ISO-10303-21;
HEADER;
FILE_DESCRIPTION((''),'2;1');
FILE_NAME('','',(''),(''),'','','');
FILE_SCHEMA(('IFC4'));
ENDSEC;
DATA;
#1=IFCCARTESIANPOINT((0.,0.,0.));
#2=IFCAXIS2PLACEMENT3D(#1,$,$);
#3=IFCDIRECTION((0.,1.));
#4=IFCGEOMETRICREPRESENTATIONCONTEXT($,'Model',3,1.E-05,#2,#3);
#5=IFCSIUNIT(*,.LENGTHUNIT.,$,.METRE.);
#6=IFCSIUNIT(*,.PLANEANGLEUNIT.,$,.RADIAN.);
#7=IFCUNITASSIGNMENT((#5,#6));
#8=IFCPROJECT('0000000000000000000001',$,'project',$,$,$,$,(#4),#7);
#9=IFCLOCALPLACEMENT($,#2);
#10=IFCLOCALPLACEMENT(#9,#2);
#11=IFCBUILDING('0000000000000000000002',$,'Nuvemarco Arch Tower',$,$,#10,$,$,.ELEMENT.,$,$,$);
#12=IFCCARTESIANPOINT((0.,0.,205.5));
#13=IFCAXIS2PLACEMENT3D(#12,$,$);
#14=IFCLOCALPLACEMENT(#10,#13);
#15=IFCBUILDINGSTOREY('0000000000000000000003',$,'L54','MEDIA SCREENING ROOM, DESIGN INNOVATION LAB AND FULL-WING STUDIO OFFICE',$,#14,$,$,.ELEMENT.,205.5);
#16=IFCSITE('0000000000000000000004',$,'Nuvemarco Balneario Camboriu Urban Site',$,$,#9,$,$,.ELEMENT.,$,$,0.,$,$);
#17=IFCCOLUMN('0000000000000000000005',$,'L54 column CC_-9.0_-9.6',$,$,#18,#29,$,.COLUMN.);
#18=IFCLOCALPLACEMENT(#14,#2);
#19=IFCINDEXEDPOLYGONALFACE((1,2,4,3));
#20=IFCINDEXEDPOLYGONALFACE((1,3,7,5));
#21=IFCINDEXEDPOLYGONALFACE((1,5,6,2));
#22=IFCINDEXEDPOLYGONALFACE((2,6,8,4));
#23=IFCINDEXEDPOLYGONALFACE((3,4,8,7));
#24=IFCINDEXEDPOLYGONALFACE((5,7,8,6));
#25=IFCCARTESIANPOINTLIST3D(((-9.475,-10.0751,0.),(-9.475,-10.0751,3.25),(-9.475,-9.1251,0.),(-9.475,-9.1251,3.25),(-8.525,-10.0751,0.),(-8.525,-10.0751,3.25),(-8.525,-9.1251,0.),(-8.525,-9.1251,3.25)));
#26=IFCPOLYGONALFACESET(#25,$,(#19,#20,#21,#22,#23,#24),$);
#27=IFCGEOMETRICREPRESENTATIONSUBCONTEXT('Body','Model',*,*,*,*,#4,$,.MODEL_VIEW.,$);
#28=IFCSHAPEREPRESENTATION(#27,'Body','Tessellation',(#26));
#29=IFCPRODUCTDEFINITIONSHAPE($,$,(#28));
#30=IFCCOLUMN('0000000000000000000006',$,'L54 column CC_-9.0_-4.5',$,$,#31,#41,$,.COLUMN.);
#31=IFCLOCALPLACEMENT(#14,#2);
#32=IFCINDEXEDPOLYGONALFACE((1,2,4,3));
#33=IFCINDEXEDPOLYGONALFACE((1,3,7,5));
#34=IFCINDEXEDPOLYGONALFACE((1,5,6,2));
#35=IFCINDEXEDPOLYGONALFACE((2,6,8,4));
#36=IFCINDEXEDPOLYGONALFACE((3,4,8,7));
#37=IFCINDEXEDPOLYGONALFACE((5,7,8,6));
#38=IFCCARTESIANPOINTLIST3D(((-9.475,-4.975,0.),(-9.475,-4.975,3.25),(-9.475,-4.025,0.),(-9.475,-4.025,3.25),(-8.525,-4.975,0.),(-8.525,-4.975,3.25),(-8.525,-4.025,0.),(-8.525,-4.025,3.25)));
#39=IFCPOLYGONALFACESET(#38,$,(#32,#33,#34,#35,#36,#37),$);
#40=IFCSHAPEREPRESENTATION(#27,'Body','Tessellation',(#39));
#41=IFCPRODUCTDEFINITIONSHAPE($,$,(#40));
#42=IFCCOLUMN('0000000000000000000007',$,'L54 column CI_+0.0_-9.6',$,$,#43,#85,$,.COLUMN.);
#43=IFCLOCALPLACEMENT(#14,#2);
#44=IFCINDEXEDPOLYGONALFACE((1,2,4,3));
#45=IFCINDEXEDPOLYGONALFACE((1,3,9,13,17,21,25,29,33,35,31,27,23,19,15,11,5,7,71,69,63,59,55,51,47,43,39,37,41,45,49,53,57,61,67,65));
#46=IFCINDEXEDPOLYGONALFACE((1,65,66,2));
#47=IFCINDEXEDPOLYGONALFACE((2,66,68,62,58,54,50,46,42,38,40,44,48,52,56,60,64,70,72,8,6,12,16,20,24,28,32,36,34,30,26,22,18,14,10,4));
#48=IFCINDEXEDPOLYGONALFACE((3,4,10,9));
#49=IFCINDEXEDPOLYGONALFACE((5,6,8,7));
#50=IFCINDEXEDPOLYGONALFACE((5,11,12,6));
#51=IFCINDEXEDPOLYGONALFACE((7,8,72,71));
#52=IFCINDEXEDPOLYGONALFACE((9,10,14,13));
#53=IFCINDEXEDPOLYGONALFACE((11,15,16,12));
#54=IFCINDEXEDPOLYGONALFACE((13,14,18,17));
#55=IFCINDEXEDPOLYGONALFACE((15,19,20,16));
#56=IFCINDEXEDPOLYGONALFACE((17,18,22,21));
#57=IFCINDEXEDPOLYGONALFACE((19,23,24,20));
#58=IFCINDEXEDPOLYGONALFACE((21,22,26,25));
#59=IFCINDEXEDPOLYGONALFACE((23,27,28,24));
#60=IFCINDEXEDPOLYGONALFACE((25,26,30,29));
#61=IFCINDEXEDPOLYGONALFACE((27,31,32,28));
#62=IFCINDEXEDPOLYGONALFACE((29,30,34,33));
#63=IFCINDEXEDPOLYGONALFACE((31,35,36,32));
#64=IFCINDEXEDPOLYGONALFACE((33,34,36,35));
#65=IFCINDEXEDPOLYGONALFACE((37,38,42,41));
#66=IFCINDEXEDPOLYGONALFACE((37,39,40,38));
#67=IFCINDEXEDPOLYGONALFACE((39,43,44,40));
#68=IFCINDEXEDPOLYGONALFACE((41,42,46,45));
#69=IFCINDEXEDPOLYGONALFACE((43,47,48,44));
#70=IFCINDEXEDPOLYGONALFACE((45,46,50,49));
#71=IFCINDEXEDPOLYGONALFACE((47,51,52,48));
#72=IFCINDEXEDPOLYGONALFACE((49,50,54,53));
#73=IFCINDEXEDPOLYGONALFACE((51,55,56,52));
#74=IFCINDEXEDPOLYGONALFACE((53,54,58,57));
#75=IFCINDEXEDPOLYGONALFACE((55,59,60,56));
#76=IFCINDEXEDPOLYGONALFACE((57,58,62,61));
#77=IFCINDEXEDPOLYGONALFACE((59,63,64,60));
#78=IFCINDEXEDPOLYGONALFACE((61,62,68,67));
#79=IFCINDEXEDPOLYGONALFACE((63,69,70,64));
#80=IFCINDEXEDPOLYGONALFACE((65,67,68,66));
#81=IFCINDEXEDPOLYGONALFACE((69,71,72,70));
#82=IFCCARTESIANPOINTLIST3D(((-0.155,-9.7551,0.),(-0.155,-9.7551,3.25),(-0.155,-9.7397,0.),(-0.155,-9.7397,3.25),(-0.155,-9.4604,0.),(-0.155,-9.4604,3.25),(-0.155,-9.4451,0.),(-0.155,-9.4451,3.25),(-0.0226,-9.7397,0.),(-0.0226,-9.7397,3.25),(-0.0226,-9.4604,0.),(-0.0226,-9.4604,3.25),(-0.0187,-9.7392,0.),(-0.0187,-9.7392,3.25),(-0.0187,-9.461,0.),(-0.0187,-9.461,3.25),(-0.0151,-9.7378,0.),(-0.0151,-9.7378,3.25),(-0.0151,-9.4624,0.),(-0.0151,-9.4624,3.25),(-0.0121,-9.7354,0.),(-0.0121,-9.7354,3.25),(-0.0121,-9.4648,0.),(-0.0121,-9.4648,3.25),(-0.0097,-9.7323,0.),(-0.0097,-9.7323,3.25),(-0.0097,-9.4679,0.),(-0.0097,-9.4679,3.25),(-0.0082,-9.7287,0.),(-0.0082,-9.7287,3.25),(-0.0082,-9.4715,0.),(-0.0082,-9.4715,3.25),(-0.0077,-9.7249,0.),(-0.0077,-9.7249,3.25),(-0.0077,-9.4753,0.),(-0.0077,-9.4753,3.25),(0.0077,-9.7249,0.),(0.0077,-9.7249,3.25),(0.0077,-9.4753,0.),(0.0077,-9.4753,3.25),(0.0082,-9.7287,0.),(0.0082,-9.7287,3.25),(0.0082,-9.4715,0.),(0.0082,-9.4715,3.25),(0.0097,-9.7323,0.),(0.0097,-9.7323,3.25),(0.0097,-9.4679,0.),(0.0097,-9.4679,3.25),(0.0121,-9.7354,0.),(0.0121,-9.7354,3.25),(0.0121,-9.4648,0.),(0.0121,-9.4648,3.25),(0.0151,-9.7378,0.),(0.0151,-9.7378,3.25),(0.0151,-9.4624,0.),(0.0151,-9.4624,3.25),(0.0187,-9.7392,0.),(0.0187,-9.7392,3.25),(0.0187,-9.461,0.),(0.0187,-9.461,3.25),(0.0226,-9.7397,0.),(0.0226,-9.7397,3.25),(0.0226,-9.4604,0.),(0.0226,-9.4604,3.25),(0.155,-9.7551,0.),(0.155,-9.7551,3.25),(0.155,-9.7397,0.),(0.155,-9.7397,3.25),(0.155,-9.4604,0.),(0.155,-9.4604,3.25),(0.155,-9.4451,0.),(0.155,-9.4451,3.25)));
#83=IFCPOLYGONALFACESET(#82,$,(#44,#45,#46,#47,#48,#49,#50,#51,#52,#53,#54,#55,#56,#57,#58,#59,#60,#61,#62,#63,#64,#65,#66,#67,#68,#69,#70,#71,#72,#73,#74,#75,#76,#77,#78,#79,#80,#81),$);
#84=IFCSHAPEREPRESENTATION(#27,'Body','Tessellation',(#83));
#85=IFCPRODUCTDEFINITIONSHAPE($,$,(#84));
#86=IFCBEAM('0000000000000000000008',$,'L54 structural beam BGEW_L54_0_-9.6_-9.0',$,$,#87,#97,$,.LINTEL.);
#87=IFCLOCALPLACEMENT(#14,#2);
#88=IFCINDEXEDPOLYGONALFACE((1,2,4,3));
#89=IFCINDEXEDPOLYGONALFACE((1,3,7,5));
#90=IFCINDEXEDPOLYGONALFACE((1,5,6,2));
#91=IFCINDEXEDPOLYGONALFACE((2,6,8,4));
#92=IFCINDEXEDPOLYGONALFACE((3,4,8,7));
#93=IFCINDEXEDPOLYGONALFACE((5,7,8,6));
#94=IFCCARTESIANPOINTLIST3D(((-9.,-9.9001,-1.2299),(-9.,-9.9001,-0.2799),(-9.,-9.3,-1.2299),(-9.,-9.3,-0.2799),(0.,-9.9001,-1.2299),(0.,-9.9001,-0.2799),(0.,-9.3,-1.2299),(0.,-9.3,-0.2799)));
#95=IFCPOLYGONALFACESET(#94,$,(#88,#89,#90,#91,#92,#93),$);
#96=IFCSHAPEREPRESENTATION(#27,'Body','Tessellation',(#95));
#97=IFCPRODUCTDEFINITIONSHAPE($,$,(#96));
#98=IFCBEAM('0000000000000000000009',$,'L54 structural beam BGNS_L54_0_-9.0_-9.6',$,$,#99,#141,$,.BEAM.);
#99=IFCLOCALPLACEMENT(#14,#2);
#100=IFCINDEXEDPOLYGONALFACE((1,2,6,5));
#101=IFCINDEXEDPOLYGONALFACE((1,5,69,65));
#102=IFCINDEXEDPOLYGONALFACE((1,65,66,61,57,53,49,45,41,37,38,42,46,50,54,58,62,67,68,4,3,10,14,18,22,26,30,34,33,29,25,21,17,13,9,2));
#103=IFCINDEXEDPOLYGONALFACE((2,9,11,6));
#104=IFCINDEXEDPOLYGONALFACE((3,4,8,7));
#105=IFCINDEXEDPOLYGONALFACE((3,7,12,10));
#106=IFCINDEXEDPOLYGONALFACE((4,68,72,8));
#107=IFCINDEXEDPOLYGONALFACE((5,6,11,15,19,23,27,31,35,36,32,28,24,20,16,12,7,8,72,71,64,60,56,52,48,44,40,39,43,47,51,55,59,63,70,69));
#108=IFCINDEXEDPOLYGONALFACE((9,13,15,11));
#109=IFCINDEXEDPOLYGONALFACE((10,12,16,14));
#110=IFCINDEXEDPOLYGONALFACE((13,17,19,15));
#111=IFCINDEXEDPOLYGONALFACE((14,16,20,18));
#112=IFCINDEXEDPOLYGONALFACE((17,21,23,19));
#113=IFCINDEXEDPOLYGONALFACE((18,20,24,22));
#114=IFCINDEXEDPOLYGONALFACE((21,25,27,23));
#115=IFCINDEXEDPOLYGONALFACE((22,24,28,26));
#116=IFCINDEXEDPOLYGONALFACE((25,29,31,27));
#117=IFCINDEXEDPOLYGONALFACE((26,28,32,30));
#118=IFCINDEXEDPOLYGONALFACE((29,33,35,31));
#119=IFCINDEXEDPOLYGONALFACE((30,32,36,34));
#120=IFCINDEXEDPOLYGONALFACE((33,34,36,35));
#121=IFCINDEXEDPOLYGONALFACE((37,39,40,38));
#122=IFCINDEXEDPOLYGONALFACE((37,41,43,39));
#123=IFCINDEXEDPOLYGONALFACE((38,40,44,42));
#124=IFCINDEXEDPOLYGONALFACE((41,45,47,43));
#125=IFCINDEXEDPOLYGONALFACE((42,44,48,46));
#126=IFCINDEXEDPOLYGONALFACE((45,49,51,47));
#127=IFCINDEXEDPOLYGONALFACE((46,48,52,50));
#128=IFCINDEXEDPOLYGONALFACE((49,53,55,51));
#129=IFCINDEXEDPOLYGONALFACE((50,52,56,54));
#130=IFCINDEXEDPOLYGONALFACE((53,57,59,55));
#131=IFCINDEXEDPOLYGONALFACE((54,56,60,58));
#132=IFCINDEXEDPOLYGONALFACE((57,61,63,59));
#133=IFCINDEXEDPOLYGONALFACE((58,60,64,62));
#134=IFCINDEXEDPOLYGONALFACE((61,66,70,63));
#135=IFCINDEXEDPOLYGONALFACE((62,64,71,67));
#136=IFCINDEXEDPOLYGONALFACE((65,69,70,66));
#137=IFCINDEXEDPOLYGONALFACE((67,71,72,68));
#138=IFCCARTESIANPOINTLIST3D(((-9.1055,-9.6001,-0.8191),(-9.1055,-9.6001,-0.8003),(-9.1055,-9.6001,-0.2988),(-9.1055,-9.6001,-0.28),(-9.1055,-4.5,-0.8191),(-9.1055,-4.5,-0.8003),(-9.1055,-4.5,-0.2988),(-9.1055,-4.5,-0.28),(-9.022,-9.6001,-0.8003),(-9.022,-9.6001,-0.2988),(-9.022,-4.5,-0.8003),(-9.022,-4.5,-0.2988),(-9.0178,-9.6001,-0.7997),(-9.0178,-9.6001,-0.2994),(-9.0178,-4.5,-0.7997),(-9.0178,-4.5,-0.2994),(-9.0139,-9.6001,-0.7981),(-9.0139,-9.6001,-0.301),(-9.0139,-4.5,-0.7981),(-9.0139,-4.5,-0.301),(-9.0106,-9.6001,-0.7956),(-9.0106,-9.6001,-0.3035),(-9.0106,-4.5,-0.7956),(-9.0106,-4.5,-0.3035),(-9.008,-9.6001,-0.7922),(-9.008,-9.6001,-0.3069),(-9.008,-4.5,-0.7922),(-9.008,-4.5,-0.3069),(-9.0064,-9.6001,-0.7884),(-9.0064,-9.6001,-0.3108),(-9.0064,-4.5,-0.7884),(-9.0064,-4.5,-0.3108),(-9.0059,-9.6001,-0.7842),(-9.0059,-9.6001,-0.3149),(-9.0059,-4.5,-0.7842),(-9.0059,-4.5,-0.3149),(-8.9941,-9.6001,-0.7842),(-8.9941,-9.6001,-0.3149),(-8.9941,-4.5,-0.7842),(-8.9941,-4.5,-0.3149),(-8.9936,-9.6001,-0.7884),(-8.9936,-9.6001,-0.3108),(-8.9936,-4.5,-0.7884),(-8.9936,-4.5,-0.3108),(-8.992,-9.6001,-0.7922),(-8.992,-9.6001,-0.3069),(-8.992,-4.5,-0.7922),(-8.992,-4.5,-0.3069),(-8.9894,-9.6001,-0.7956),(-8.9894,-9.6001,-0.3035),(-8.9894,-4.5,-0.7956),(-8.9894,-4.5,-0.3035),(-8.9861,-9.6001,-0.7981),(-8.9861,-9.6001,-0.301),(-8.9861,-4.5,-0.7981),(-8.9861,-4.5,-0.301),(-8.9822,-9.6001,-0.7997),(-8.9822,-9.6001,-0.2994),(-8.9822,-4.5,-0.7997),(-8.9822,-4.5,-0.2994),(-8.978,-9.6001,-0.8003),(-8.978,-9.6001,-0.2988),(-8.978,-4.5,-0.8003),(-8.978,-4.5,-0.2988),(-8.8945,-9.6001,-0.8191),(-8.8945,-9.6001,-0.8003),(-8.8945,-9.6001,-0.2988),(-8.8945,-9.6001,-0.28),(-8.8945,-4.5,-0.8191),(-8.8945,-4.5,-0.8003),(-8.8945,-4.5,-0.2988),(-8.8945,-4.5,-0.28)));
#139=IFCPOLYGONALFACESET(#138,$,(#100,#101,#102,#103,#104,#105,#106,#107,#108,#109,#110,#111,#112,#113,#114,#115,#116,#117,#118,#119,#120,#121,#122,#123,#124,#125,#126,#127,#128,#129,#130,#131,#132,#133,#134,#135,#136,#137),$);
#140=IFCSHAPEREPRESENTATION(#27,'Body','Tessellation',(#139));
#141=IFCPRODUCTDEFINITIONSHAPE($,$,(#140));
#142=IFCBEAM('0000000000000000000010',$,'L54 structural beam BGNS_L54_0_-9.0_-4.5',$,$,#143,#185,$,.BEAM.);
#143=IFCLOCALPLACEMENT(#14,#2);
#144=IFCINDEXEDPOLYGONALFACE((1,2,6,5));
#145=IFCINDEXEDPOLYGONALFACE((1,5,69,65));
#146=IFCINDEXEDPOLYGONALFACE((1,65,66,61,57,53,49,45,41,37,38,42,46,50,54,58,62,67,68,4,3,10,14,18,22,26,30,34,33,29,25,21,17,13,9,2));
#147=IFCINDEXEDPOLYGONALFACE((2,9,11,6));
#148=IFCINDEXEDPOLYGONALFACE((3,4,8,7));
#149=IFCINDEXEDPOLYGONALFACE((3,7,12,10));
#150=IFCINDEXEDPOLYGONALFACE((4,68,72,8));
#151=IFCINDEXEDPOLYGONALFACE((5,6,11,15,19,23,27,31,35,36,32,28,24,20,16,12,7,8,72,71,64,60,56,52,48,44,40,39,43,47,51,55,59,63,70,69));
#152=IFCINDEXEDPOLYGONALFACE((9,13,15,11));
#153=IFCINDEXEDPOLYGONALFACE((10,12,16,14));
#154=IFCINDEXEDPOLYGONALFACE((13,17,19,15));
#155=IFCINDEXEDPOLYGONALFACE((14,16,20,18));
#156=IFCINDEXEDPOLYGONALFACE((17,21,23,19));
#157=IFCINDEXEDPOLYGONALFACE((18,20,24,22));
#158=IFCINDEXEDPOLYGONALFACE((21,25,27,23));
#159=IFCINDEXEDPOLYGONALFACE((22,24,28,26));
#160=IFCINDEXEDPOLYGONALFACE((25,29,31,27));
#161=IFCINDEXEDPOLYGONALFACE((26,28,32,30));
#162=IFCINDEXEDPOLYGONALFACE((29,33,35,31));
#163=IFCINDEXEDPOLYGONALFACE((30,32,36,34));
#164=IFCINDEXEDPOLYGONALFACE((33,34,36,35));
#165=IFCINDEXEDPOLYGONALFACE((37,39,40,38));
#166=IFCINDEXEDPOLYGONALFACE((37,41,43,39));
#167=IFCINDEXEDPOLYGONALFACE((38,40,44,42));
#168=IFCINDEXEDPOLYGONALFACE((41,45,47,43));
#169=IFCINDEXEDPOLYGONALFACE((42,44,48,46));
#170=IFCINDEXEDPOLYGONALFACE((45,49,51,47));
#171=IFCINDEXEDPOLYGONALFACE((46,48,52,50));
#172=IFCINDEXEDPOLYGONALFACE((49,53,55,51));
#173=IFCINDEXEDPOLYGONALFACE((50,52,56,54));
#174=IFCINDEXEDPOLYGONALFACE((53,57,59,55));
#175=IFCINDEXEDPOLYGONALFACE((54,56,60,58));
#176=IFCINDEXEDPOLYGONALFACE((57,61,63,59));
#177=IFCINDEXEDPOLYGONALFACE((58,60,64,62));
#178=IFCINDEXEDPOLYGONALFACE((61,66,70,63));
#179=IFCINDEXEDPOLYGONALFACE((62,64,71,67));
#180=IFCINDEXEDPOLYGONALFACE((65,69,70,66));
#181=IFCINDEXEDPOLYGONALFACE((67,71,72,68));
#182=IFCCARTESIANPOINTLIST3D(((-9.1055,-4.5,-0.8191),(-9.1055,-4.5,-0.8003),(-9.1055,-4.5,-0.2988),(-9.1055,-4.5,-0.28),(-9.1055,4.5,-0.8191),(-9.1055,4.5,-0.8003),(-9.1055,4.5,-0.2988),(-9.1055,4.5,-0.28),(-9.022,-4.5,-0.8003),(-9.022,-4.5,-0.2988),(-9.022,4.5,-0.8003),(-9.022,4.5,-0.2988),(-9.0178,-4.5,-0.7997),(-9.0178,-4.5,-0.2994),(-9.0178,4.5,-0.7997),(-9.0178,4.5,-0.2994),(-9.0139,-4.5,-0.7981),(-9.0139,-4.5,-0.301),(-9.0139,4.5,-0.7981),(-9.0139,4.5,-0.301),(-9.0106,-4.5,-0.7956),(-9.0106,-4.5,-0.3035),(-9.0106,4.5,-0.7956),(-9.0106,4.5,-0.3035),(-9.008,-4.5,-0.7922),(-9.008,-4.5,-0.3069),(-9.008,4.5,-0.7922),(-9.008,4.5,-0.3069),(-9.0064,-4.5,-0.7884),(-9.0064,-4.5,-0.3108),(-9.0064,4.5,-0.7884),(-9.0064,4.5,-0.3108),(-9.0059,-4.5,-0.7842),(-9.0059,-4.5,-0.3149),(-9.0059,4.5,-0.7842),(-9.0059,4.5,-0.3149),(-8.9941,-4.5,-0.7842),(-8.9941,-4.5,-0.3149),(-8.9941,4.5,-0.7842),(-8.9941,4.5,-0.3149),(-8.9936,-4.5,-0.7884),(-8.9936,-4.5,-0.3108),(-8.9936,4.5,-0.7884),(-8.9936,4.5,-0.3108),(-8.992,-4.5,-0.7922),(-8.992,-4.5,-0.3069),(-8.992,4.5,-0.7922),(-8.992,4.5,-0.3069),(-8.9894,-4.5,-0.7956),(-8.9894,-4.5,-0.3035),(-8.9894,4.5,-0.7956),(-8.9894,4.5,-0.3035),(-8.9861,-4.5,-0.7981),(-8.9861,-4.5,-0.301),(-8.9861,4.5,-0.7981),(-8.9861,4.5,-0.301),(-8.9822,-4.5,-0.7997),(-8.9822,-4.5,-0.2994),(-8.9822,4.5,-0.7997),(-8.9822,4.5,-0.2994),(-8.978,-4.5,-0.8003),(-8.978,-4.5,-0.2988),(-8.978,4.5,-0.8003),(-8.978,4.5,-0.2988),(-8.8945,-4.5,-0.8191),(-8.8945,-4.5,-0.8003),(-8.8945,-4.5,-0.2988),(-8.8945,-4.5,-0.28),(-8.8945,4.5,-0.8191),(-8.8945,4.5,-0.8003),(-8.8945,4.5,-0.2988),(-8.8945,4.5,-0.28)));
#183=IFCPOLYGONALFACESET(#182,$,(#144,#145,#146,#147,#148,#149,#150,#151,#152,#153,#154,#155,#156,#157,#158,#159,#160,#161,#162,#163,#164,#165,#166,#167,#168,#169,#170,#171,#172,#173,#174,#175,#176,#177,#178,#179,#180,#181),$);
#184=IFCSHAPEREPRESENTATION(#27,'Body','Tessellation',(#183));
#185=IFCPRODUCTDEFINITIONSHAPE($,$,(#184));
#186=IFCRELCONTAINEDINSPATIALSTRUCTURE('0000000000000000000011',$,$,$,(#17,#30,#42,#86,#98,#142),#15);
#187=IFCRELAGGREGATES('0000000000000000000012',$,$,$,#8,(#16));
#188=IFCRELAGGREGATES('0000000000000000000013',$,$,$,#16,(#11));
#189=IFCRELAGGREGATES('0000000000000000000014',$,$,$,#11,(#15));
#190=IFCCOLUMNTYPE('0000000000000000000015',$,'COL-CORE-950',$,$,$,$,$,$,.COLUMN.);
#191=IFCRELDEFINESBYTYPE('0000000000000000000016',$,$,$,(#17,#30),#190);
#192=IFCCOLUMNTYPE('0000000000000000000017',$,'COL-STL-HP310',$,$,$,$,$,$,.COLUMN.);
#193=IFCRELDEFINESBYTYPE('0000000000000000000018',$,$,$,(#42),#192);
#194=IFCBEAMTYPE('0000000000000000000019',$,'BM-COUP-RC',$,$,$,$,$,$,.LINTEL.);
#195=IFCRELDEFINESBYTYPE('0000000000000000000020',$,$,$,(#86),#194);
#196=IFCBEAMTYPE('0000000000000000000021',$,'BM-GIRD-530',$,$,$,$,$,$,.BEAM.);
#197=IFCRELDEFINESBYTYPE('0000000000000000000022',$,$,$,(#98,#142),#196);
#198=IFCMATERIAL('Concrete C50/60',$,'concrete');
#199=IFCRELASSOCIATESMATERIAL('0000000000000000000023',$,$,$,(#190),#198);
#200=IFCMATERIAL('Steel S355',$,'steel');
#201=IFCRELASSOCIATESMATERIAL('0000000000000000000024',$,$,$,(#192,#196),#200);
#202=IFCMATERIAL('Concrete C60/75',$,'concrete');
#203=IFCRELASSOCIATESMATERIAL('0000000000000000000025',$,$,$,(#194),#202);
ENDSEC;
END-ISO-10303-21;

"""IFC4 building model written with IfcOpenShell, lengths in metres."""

from ifc_helpers import new_model, si_unit, direction, frame, origin, origin_2d, place, context, subcontext, project, spatial, rectangle, i_section, extrude, material, material_profile, profile_set, type_object, element, save


model = new_model("IFC4")

# Units and contexts
model_context = context("Model", 3, precision=1e-05, world=origin(), true_north=direction((0.0, 1.0)))
body_context = subcontext(model_context, "Body", "Model", "MODEL_VIEW")
ifc_project = project(units=[si_unit("LENGTHUNIT", "METRE"), si_unit("PLANEANGLEUNIT", "RADIAN")], contexts=[model_context])

# Site, building, storey
site_placement = place(None, origin())
site = spatial("IfcSite", under=ifc_project, at=site_placement, Name="Nuvemarco Balneario Camboriu Urban Site", CompositionType="ELEMENT", RefElevation=0.0)
building_placement = place(site_placement, origin())
building = spatial("IfcBuilding", under=site, at=building_placement, Name="Nuvemarco Arch Tower", CompositionType="ELEMENT")
storey_placement = place(building_placement, frame((0.0, 0.0, 205.5)))
storey = spatial("IfcBuildingStorey", under=building, at=storey_placement, Name="L54", Description="MEDIA SCREENING ROOM, DESIGN INNOVATION LAB AND FULL-WING STUDIO OFFICE", CompositionType="ELEMENT", Elevation=205.5)

# Columns
ifc_material_1 = material(Name="Concrete C50/60", Category="concrete")
ifc_material_profile_1 = material_profile(ifc_material_1, rectangle(XDim=0.95, YDim=0.95, at=origin_2d()), Name="RC-COL-950x950")
ifc_profile_set_1 = profile_set([ifc_material_profile_1], Name="Concrete C50/60")
column_type_1 = type_object("IfcColumnType", Name="COL-CORE-950", PredefinedType="COLUMN", material=ifc_profile_set_1)
for number, where, z_axis, x_axis, name in (
    (1, (-9.0, -9.6001, 0.0), (0.0, 0.0, 1.0), (1.0, 0.0, 0.0), "L54 column CC_-9.0_-9.6"),
    (2, (-9.0, -4.5, 0.0), (0.0, 0.0, 1.0), (1.0, 0.0, 0.0), "L54 column CC_-9.0_-4.5"),
):
    element("IfcColumn", number, at=place(storey_placement, frame(where, z_axis=z_axis, x_axis=x_axis)), inside=storey, type_object=column_type_1, Name=name, PredefinedType="COLUMN", context=body_context, shape_type="SweptSolid", body=[
        extrude(rectangle(XDim=0.95, YDim=0.95, at=origin_2d()), origin(), (0.0, 0.0, 1.0), 3.25),
    ])
ifc_material_2 = material(Name="Steel S355", Category="steel")
ifc_material_profile_2 = material_profile(ifc_material_2, i_section(OverallWidth=0.3101, OverallDepth=0.3101, WebThickness=0.0154, FlangeThickness=0.0154, FilletRadius=0.0149, at=origin_2d()), Name="HP310x110")
ifc_profile_set_2 = profile_set([ifc_material_profile_2], Name="Steel S355")
column_type_2 = type_object("IfcColumnType", Name="COL-STL-HP310", PredefinedType="COLUMN", material=ifc_profile_set_2)
column_placement = place(storey_placement, frame((0.0, -9.6001, 0.0), z_axis=(0.0, 0.0, 1.0), x_axis=(1.0, 0.0, 0.0)))
element("IfcColumn", 3, at=column_placement, inside=storey, type_object=column_type_2, Name="L54 column CI_+0.0_-9.6", PredefinedType="COLUMN", context=body_context, shape_type="SweptSolid", body=[
    extrude(i_section(OverallWidth=0.3101, OverallDepth=0.3101, WebThickness=0.0154, FlangeThickness=0.0154, FilletRadius=0.0149, at=origin_2d()), origin(), (0.0, 0.0, 1.0), 3.25),
])

# Beams
ifc_material_3 = material(Name="Concrete C60/75", Category="concrete")
ifc_material_profile_3 = material_profile(ifc_material_3, rectangle(XDim=0.6001, YDim=0.95, at=origin_2d()), Name="RC-BM-600x950")
ifc_profile_set_3 = profile_set([ifc_material_profile_3], Name="Concrete C60/75")
beam_type_1 = type_object("IfcBeamType", Name="BM-COUP-RC", PredefinedType="LINTEL", material=ifc_profile_set_3)
beam_1_placement = place(storey_placement, frame((-9.0, -9.6001, -0.7549), z_axis=(1.0, 0.0, 0.0), x_axis=(0.0, 1.0, 0.0)))
element("IfcBeam", 4, at=beam_1_placement, inside=storey, type_object=beam_type_1, Name="L54 structural beam BGEW_L54_0_-9.6_-9.0", PredefinedType="LINTEL", context=body_context, shape_type="SweptSolid", body=[
    extrude(rectangle(XDim=0.6001, YDim=0.95, at=origin_2d()), origin(), (0.0, 0.0, 1.0), 9.0),
])
ifc_material_profile_4 = material_profile(ifc_material_2, i_section(OverallWidth=0.2109, OverallDepth=0.5391, WebThickness=0.0117, FlangeThickness=0.0188, FilletRadius=0.0161, at=origin_2d()), Name="W530x109")
ifc_profile_set_4 = profile_set([ifc_material_profile_4], Name="Steel S355")
beam_type_2 = type_object("IfcBeamType", Name="BM-GIRD-530", PredefinedType="BEAM", material=ifc_profile_set_4)
beam_2_placement = place(storey_placement, frame((-9.0, -9.6001, -0.5496), z_axis=(0.0, 1.0, 0.0), x_axis=(-1.0, 0.0, 0.0)))
element("IfcBeam", 5, at=beam_2_placement, inside=storey, type_object=beam_type_2, Name="L54 structural beam BGNS_L54_0_-9.0_-9.6", PredefinedType="BEAM", context=body_context, shape_type="SweptSolid", body=[
    extrude(i_section(OverallWidth=0.2109, OverallDepth=0.5391, WebThickness=0.0117, FlangeThickness=0.0188, FilletRadius=0.0161, at=origin_2d()), origin(), (0.0, 0.0, 1.0), 5.1001),
])
beam_3_placement = place(storey_placement, frame((-9.0, -4.5, -0.5496), z_axis=(0.0, 1.0, 0.0), x_axis=(-1.0, 0.0, 0.0)))
element("IfcBeam", 6, at=beam_3_placement, inside=storey, type_object=beam_type_2, Name="L54 structural beam BGNS_L54_0_-9.0_-4.5", PredefinedType="BEAM", context=body_context, shape_type="SweptSolid", body=[
    extrude(i_section(OverallWidth=0.2109, OverallDepth=0.5391, WebThickness=0.0117, FlangeThickness=0.0188, FilletRadius=0.0161, at=origin_2d()), origin(), (0.0, 0.0, 1.0), 9.0),
])

save(model, "model.ifc")
